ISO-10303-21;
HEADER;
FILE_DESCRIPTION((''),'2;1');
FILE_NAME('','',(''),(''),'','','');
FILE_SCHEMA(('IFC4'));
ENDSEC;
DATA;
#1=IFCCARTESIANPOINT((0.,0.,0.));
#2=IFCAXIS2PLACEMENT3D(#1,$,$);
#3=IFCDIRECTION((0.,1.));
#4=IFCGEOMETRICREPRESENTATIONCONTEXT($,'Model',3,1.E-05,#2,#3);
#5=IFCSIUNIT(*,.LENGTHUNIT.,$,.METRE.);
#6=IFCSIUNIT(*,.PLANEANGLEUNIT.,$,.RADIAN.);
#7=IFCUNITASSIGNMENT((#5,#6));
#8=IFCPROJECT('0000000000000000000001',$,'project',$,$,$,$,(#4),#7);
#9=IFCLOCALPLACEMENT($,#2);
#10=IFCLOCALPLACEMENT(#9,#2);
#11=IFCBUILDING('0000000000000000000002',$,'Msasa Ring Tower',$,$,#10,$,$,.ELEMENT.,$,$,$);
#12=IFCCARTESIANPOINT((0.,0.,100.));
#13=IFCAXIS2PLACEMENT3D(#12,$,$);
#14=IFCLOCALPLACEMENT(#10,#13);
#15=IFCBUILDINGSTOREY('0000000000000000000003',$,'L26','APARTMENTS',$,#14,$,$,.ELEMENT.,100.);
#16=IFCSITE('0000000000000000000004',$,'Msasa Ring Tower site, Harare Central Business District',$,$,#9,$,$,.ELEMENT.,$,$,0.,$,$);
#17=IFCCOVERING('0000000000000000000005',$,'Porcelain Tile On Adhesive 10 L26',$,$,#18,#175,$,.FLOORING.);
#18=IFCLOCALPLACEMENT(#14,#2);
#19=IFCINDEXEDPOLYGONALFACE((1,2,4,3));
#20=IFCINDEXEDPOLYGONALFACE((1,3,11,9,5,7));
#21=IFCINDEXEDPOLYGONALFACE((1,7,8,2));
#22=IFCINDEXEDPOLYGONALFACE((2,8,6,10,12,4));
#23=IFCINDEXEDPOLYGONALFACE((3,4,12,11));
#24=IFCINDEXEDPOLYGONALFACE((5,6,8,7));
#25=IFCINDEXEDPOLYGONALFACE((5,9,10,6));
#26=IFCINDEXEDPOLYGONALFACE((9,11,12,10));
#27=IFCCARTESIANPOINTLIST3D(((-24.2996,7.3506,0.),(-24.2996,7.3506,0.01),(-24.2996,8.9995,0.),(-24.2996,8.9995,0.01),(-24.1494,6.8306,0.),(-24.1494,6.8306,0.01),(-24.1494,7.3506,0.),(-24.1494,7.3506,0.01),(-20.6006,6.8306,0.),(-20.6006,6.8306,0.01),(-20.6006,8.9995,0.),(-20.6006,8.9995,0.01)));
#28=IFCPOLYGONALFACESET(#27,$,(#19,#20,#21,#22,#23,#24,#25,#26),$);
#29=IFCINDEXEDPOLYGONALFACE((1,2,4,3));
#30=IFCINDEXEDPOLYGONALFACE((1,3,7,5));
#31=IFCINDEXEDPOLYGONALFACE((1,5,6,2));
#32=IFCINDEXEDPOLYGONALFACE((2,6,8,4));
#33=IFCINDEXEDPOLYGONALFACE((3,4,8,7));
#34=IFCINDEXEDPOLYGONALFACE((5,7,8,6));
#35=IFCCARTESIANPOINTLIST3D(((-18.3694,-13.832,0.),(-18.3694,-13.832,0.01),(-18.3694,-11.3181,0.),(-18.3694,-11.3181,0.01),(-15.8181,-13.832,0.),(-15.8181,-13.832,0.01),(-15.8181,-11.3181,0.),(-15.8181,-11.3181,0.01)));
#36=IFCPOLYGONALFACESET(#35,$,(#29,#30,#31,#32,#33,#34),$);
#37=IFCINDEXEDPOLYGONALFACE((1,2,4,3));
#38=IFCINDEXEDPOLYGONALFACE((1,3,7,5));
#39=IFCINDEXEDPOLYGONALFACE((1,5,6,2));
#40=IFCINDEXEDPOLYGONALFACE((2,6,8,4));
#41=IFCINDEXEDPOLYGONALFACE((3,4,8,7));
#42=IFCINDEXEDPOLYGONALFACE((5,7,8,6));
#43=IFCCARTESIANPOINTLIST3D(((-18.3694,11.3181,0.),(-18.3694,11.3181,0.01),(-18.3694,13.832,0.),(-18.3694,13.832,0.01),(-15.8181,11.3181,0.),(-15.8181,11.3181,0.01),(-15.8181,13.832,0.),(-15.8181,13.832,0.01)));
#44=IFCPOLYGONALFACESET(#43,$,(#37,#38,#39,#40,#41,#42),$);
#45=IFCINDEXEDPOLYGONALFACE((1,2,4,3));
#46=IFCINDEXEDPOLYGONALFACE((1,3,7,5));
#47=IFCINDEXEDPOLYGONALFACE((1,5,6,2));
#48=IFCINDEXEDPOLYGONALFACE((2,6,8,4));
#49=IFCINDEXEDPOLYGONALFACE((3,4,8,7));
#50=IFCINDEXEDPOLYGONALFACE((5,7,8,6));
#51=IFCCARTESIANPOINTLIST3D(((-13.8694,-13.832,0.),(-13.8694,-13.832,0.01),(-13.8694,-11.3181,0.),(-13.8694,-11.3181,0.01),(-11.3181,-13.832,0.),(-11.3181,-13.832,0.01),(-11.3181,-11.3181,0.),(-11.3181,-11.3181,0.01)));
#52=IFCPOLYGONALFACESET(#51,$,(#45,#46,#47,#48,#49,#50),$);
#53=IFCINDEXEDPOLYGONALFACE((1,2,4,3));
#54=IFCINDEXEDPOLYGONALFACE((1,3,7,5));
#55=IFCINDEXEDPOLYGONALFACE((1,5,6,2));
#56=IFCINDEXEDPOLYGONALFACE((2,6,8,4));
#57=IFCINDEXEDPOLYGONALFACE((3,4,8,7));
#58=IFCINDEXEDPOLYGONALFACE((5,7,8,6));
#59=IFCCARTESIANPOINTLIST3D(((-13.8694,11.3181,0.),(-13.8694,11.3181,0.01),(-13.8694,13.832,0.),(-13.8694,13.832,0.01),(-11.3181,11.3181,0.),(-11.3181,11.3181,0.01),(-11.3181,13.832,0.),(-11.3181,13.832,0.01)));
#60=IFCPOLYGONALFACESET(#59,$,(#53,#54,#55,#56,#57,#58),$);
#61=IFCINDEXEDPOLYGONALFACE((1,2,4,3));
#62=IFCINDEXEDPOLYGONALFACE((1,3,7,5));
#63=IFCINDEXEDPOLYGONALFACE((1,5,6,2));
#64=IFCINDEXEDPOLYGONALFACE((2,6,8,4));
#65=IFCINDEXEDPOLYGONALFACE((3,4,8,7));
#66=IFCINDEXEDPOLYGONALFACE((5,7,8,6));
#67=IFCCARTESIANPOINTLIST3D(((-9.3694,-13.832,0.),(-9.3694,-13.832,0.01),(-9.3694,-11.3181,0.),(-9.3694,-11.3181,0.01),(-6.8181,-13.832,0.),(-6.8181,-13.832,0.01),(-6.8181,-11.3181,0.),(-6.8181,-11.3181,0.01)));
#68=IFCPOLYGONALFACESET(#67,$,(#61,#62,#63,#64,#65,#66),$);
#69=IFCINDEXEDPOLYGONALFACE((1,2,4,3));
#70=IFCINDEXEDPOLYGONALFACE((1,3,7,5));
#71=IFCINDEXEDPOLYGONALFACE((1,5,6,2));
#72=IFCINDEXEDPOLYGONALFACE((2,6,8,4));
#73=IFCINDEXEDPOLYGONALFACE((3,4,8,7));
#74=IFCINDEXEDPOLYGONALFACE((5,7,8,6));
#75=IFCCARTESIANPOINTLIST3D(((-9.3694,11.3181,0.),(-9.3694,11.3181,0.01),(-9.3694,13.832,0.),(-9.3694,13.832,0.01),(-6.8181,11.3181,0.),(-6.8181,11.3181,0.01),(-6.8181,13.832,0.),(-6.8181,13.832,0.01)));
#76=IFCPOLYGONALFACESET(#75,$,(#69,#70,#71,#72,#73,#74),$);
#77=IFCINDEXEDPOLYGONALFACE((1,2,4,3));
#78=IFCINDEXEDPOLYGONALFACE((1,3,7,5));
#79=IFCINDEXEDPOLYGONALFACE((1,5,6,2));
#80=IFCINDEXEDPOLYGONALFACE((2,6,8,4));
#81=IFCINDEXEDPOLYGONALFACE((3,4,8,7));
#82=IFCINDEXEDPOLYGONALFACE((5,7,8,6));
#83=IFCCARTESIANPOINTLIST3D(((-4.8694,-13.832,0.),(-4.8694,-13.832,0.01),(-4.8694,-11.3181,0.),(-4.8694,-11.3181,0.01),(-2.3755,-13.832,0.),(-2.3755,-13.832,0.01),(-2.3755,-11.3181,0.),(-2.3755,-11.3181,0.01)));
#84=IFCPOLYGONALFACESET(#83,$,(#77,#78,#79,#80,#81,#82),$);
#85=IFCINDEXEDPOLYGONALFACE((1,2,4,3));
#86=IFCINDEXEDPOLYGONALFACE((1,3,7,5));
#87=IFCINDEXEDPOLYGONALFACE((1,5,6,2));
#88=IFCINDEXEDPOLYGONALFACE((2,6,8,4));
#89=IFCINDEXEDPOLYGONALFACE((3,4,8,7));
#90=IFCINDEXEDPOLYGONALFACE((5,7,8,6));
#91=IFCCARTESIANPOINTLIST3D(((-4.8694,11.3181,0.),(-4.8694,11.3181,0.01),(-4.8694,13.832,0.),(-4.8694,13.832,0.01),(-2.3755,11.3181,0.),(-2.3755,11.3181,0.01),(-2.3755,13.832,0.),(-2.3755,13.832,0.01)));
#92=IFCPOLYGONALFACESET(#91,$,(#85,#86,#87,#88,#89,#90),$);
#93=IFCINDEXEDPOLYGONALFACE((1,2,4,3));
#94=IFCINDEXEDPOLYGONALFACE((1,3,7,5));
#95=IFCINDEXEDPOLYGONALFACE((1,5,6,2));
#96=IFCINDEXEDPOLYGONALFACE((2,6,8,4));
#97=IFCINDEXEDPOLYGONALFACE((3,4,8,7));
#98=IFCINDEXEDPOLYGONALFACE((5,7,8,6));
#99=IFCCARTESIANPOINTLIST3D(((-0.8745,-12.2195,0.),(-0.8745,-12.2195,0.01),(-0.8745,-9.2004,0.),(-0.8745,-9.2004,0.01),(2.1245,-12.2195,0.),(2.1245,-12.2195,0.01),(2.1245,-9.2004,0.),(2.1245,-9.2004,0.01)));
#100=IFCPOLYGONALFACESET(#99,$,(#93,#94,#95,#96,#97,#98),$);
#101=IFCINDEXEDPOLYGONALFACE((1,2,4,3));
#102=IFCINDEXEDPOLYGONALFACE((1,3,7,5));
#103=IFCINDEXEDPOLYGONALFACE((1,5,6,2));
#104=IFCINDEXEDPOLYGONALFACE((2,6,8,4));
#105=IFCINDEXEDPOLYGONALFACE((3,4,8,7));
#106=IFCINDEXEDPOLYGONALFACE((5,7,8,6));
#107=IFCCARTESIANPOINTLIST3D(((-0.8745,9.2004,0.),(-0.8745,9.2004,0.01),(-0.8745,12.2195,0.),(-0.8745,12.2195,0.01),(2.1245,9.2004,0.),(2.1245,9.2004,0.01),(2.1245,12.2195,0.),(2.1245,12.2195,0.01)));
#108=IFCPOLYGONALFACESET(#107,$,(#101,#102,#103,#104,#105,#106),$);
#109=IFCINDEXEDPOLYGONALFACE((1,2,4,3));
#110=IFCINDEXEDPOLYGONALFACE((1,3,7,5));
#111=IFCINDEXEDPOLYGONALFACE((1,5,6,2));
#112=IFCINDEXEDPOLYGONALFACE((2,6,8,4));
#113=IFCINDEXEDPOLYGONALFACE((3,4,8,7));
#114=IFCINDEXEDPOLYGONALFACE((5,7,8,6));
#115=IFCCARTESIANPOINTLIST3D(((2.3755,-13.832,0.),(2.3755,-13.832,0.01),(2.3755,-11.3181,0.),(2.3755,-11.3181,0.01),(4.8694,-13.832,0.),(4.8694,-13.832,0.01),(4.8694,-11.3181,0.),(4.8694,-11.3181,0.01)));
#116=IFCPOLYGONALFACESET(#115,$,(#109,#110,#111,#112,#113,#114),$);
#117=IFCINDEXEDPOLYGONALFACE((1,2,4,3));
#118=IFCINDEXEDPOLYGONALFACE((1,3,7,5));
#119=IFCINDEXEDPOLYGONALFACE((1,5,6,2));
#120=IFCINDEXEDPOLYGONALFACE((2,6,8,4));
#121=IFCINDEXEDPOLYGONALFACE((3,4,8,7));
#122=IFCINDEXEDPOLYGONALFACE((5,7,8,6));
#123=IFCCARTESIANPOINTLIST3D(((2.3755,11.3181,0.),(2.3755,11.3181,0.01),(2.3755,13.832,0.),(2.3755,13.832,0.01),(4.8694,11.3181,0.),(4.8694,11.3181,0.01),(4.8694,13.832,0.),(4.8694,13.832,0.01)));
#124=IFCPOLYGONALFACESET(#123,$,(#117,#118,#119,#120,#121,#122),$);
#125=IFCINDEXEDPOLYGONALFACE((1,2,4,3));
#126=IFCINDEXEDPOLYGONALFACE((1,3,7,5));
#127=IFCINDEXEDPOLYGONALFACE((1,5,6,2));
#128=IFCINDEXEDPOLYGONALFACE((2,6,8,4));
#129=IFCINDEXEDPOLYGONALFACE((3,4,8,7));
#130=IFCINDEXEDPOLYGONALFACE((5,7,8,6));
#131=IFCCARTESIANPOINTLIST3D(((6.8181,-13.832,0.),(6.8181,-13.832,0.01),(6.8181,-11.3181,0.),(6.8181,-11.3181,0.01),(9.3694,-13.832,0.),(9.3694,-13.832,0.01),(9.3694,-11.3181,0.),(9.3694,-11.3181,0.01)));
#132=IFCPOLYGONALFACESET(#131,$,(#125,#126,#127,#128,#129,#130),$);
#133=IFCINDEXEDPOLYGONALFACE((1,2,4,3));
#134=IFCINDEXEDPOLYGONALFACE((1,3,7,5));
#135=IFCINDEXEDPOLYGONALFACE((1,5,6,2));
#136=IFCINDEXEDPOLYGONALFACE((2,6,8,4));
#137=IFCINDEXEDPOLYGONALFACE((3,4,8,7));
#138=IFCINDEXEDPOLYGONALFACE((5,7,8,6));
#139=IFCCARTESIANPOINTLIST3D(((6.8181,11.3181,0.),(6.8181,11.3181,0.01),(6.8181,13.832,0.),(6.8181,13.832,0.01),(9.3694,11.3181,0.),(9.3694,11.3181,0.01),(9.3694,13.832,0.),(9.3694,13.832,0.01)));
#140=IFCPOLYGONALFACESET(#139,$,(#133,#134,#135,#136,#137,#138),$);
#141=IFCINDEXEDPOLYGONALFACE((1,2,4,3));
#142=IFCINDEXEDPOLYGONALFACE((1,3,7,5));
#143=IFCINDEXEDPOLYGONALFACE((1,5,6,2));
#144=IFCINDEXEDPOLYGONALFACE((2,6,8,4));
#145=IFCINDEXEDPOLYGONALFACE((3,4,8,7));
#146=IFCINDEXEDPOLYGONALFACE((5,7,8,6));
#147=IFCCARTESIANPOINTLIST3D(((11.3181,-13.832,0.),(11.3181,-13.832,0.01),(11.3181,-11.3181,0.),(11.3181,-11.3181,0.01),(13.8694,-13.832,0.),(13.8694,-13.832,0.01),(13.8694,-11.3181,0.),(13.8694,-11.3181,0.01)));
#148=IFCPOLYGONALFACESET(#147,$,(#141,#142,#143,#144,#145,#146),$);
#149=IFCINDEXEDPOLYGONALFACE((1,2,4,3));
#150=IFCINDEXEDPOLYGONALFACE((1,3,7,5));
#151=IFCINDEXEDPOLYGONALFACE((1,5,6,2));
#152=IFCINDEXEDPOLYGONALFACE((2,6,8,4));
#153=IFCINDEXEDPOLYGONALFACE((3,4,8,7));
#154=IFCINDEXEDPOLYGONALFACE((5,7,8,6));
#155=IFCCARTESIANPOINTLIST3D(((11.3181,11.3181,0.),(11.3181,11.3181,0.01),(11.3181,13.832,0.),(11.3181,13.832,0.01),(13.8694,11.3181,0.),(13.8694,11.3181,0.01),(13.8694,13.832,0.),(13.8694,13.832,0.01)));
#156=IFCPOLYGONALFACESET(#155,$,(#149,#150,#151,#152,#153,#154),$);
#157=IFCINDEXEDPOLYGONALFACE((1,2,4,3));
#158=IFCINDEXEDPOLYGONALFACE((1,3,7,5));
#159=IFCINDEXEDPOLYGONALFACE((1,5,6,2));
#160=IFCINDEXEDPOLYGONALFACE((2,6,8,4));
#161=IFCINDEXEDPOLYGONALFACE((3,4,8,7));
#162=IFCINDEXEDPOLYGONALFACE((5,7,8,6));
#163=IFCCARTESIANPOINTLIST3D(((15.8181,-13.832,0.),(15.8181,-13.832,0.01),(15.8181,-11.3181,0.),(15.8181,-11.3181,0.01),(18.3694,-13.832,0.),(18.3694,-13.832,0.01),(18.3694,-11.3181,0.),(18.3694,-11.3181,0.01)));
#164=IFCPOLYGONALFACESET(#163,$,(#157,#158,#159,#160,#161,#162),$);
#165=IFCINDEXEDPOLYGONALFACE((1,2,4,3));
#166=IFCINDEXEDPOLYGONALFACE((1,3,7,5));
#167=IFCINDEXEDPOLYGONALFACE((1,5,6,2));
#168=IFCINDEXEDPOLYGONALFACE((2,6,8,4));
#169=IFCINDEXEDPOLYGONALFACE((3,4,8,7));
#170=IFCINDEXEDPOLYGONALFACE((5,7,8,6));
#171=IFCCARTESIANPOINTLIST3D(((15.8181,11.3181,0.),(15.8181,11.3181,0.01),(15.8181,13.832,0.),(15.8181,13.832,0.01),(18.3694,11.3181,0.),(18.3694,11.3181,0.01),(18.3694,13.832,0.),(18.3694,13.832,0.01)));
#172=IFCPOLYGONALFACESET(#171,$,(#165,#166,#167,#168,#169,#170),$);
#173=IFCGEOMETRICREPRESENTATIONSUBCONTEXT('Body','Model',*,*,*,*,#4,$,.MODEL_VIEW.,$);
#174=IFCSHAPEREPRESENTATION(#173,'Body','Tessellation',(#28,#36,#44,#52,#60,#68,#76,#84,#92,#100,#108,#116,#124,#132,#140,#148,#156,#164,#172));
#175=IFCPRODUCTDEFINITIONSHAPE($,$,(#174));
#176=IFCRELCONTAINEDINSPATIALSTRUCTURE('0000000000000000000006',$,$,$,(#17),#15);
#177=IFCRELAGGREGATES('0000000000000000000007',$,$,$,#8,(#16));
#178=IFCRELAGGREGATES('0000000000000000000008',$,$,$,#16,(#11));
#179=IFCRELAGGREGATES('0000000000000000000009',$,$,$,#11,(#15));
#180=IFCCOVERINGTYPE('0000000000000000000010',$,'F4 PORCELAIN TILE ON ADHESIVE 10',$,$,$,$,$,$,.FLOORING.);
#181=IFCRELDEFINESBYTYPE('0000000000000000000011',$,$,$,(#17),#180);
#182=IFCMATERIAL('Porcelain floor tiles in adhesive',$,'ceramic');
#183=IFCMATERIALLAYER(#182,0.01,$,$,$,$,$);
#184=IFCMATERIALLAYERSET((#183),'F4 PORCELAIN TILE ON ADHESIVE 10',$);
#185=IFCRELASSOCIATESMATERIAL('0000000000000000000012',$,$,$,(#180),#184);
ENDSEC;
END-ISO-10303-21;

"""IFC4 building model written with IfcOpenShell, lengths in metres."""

from ifc_helpers import new_model, si_unit, direction, frame, origin, place, context, subcontext, project, spatial, line, indexed_curve, outline, extrude, material, layer, layer_set, type_object, element, save


model = new_model("IFC4")

# Units and contexts
model_context = context("Model", 3, precision=1e-05, world=origin(), true_north=direction((0.0, 1.0)))
body_context = subcontext(model_context, "Body", "Model", "MODEL_VIEW")
ifc_project = project(units=[si_unit("LENGTHUNIT", "METRE"), si_unit("PLANEANGLEUNIT", "RADIAN")], contexts=[model_context])

# Site, building, storey
site_placement = place(None, origin())
site = spatial("IfcSite", under=ifc_project, at=site_placement, Name="Msasa Ring Tower site, Harare Central Business District", CompositionType="ELEMENT", RefElevation=0.0)
building_placement = place(site_placement, origin())
building = spatial("IfcBuilding", under=site, at=building_placement, Name="Msasa Ring Tower", CompositionType="ELEMENT")
storey_placement = place(building_placement, frame((0.0, 0.0, 100.0)))
storey = spatial("IfcBuildingStorey", under=building, at=storey_placement, Name="L26", Description="APARTMENTS", CompositionType="ELEMENT", Elevation=100.0)

# Covering
ifc_material_1 = material(Name="Porcelain floor tiles in adhesive", Category="ceramic")
ifc_layer_1 = layer(ifc_material_1, 0.01)
ifc_layer_set_1 = layer_set([ifc_layer_1], Name="F4 PORCELAIN TILE ON ADHESIVE 10")
covering_type_1 = type_object("IfcCoveringType", Name="F4 PORCELAIN TILE ON ADHESIVE 10", PredefinedType="FLOORING", material=ifc_layer_set_1)
covering_1_placement = place(storey_placement, origin())
element("IfcCovering", 1, at=covering_1_placement, inside=storey, type_object=covering_type_1, Name="Porcelain Tile On Adhesive 10 L26", PredefinedType="FLOORING", context=body_context, shape_type="SweptSolid", body=[
    extrude(outline(indexed_curve([(-24.1494, 6.8306), (-24.1494, 7.3506), (-24.2996, 7.3506), (-24.2996, 8.9995), (-20.6006, 8.9995), (-20.6006, 6.8306)], segments=[line(1, 2, 3, 4, 5, 6, 1)], self_intersect=False)), origin(), (0.0, 0.0, 1.0), 0.01),
    extrude(outline(indexed_curve([(-15.8181, -11.3181), (-15.8181, -13.832), (-18.3694, -13.832), (-18.3694, -11.3181)], segments=[line(1, 2, 3, 4, 1)], self_intersect=False)), origin(), (0.0, 0.0, 1.0), 0.01),
    extrude(outline(indexed_curve([(-15.8181, 13.832), (-15.8181, 11.3181), (-18.3694, 11.3181), (-18.3694, 13.832)], segments=[line(1, 2, 3, 4, 1)], self_intersect=False)), origin(), (0.0, 0.0, 1.0), 0.01),
    extrude(outline(indexed_curve([(-11.3181, -11.3181), (-11.3181, -13.832), (-13.8694, -13.832), (-13.8694, -11.3181)], segments=[line(1, 2, 3, 4, 1)], self_intersect=False)), origin(), (0.0, 0.0, 1.0), 0.01),
    extrude(outline(indexed_curve([(-11.3181, 11.3181), (-13.8694, 11.3181), (-13.8694, 13.832), (-11.3181, 13.832)], segments=[line(1, 2, 3, 4, 1)], self_intersect=False)), origin(), (0.0, 0.0, 1.0), 0.01),
    extrude(outline(indexed_curve([(-6.8181, -11.3181), (-6.8181, -13.832), (-9.3694, -13.832), (-9.3694, -11.3181)], segments=[line(1, 2, 3, 4, 1)], self_intersect=False)), origin(), (0.0, 0.0, 1.0), 0.01),
    extrude(outline(indexed_curve([(-6.8181, 11.3181), (-9.3694, 11.3181), (-9.3694, 13.832), (-6.8181, 13.832)], segments=[line(1, 2, 3, 4, 1)], self_intersect=False)), origin(), (0.0, 0.0, 1.0), 0.01),
    extrude(outline(indexed_curve([(-2.3755, -11.3181), (-2.3755, -13.832), (-4.8694, -13.832), (-4.8694, -11.3181)], segments=[line(1, 2, 3, 4, 1)], self_intersect=False)), origin(), (0.0, 0.0, 1.0), 0.01),
    extrude(outline(indexed_curve([(-2.3755, 13.832), (-2.3755, 11.3181), (-4.8694, 11.3181), (-4.8694, 13.832)], segments=[line(1, 2, 3, 4, 1)], self_intersect=False)), origin(), (0.0, 0.0, 1.0), 0.01),
    extrude(outline(indexed_curve([(2.1245, -9.2004), (2.1245, -12.2195), (-0.8745, -12.2195), (-0.8745, -9.2004)], segments=[line(1, 2, 3, 4, 1)], self_intersect=False)), origin(), (0.0, 0.0, 1.0), 0.01),
    extrude(outline(indexed_curve([(2.1245, 12.2195), (2.1245, 9.2004), (-0.8745, 9.2004), (-0.8745, 12.2195)], segments=[line(1, 2, 3, 4, 1)], self_intersect=False)), origin(), (0.0, 0.0, 1.0), 0.01),
    extrude(outline(indexed_curve([(4.8694, -11.3181), (4.8694, -13.832), (2.3755, -13.832), (2.3755, -11.3181)], segments=[line(1, 2, 3, 4, 1)], self_intersect=False)), origin(), (0.0, 0.0, 1.0), 0.01),
    extrude(outline(indexed_curve([(4.8694, 13.832), (4.8694, 11.3181), (2.3755, 11.3181), (2.3755, 13.832)], segments=[line(1, 2, 3, 4, 1)], self_intersect=False)), origin(), (0.0, 0.0, 1.0), 0.01),
    extrude(outline(indexed_curve([(9.3694, -11.3181), (9.3694, -13.832), (6.8181, -13.832), (6.8181, -11.3181)], segments=[line(1, 2, 3, 4, 1)], self_intersect=False)), origin(), (0.0, 0.0, 1.0), 0.01),
    extrude(outline(indexed_curve([(9.3694, 13.832), (9.3694, 11.3181), (6.8181, 11.3181), (6.8181, 13.832)], segments=[line(1, 2, 3, 4, 1)], self_intersect=False)), origin(), (0.0, 0.0, 1.0), 0.01),
    extrude(outline(indexed_curve([(13.8694, -13.832), (11.3181, -13.832), (11.3181, -11.3181), (13.8694, -11.3181)], segments=[line(1, 2, 3, 4, 1)], self_intersect=False)), origin(), (0.0, 0.0, 1.0), 0.01),
    extrude(outline(indexed_curve([(13.8694, 11.3181), (11.3181, 11.3181), (11.3181, 13.832), (13.8694, 13.832)], segments=[line(1, 2, 3, 4, 1)], self_intersect=False)), origin(), (0.0, 0.0, 1.0), 0.01),
    extrude(outline(indexed_curve([(18.3694, -13.832), (15.8181, -13.832), (15.8181, -11.3181), (18.3694, -11.3181)], segments=[line(1, 2, 3, 4, 1)], self_intersect=False)), origin(), (0.0, 0.0, 1.0), 0.01),
    extrude(outline(indexed_curve([(18.3694, 11.3181), (15.8181, 11.3181), (15.8181, 13.832), (18.3694, 13.832)], segments=[line(1, 2, 3, 4, 1)], self_intersect=False)), origin(), (0.0, 0.0, 1.0), 0.01),
])

save(model, "model.ifc")
